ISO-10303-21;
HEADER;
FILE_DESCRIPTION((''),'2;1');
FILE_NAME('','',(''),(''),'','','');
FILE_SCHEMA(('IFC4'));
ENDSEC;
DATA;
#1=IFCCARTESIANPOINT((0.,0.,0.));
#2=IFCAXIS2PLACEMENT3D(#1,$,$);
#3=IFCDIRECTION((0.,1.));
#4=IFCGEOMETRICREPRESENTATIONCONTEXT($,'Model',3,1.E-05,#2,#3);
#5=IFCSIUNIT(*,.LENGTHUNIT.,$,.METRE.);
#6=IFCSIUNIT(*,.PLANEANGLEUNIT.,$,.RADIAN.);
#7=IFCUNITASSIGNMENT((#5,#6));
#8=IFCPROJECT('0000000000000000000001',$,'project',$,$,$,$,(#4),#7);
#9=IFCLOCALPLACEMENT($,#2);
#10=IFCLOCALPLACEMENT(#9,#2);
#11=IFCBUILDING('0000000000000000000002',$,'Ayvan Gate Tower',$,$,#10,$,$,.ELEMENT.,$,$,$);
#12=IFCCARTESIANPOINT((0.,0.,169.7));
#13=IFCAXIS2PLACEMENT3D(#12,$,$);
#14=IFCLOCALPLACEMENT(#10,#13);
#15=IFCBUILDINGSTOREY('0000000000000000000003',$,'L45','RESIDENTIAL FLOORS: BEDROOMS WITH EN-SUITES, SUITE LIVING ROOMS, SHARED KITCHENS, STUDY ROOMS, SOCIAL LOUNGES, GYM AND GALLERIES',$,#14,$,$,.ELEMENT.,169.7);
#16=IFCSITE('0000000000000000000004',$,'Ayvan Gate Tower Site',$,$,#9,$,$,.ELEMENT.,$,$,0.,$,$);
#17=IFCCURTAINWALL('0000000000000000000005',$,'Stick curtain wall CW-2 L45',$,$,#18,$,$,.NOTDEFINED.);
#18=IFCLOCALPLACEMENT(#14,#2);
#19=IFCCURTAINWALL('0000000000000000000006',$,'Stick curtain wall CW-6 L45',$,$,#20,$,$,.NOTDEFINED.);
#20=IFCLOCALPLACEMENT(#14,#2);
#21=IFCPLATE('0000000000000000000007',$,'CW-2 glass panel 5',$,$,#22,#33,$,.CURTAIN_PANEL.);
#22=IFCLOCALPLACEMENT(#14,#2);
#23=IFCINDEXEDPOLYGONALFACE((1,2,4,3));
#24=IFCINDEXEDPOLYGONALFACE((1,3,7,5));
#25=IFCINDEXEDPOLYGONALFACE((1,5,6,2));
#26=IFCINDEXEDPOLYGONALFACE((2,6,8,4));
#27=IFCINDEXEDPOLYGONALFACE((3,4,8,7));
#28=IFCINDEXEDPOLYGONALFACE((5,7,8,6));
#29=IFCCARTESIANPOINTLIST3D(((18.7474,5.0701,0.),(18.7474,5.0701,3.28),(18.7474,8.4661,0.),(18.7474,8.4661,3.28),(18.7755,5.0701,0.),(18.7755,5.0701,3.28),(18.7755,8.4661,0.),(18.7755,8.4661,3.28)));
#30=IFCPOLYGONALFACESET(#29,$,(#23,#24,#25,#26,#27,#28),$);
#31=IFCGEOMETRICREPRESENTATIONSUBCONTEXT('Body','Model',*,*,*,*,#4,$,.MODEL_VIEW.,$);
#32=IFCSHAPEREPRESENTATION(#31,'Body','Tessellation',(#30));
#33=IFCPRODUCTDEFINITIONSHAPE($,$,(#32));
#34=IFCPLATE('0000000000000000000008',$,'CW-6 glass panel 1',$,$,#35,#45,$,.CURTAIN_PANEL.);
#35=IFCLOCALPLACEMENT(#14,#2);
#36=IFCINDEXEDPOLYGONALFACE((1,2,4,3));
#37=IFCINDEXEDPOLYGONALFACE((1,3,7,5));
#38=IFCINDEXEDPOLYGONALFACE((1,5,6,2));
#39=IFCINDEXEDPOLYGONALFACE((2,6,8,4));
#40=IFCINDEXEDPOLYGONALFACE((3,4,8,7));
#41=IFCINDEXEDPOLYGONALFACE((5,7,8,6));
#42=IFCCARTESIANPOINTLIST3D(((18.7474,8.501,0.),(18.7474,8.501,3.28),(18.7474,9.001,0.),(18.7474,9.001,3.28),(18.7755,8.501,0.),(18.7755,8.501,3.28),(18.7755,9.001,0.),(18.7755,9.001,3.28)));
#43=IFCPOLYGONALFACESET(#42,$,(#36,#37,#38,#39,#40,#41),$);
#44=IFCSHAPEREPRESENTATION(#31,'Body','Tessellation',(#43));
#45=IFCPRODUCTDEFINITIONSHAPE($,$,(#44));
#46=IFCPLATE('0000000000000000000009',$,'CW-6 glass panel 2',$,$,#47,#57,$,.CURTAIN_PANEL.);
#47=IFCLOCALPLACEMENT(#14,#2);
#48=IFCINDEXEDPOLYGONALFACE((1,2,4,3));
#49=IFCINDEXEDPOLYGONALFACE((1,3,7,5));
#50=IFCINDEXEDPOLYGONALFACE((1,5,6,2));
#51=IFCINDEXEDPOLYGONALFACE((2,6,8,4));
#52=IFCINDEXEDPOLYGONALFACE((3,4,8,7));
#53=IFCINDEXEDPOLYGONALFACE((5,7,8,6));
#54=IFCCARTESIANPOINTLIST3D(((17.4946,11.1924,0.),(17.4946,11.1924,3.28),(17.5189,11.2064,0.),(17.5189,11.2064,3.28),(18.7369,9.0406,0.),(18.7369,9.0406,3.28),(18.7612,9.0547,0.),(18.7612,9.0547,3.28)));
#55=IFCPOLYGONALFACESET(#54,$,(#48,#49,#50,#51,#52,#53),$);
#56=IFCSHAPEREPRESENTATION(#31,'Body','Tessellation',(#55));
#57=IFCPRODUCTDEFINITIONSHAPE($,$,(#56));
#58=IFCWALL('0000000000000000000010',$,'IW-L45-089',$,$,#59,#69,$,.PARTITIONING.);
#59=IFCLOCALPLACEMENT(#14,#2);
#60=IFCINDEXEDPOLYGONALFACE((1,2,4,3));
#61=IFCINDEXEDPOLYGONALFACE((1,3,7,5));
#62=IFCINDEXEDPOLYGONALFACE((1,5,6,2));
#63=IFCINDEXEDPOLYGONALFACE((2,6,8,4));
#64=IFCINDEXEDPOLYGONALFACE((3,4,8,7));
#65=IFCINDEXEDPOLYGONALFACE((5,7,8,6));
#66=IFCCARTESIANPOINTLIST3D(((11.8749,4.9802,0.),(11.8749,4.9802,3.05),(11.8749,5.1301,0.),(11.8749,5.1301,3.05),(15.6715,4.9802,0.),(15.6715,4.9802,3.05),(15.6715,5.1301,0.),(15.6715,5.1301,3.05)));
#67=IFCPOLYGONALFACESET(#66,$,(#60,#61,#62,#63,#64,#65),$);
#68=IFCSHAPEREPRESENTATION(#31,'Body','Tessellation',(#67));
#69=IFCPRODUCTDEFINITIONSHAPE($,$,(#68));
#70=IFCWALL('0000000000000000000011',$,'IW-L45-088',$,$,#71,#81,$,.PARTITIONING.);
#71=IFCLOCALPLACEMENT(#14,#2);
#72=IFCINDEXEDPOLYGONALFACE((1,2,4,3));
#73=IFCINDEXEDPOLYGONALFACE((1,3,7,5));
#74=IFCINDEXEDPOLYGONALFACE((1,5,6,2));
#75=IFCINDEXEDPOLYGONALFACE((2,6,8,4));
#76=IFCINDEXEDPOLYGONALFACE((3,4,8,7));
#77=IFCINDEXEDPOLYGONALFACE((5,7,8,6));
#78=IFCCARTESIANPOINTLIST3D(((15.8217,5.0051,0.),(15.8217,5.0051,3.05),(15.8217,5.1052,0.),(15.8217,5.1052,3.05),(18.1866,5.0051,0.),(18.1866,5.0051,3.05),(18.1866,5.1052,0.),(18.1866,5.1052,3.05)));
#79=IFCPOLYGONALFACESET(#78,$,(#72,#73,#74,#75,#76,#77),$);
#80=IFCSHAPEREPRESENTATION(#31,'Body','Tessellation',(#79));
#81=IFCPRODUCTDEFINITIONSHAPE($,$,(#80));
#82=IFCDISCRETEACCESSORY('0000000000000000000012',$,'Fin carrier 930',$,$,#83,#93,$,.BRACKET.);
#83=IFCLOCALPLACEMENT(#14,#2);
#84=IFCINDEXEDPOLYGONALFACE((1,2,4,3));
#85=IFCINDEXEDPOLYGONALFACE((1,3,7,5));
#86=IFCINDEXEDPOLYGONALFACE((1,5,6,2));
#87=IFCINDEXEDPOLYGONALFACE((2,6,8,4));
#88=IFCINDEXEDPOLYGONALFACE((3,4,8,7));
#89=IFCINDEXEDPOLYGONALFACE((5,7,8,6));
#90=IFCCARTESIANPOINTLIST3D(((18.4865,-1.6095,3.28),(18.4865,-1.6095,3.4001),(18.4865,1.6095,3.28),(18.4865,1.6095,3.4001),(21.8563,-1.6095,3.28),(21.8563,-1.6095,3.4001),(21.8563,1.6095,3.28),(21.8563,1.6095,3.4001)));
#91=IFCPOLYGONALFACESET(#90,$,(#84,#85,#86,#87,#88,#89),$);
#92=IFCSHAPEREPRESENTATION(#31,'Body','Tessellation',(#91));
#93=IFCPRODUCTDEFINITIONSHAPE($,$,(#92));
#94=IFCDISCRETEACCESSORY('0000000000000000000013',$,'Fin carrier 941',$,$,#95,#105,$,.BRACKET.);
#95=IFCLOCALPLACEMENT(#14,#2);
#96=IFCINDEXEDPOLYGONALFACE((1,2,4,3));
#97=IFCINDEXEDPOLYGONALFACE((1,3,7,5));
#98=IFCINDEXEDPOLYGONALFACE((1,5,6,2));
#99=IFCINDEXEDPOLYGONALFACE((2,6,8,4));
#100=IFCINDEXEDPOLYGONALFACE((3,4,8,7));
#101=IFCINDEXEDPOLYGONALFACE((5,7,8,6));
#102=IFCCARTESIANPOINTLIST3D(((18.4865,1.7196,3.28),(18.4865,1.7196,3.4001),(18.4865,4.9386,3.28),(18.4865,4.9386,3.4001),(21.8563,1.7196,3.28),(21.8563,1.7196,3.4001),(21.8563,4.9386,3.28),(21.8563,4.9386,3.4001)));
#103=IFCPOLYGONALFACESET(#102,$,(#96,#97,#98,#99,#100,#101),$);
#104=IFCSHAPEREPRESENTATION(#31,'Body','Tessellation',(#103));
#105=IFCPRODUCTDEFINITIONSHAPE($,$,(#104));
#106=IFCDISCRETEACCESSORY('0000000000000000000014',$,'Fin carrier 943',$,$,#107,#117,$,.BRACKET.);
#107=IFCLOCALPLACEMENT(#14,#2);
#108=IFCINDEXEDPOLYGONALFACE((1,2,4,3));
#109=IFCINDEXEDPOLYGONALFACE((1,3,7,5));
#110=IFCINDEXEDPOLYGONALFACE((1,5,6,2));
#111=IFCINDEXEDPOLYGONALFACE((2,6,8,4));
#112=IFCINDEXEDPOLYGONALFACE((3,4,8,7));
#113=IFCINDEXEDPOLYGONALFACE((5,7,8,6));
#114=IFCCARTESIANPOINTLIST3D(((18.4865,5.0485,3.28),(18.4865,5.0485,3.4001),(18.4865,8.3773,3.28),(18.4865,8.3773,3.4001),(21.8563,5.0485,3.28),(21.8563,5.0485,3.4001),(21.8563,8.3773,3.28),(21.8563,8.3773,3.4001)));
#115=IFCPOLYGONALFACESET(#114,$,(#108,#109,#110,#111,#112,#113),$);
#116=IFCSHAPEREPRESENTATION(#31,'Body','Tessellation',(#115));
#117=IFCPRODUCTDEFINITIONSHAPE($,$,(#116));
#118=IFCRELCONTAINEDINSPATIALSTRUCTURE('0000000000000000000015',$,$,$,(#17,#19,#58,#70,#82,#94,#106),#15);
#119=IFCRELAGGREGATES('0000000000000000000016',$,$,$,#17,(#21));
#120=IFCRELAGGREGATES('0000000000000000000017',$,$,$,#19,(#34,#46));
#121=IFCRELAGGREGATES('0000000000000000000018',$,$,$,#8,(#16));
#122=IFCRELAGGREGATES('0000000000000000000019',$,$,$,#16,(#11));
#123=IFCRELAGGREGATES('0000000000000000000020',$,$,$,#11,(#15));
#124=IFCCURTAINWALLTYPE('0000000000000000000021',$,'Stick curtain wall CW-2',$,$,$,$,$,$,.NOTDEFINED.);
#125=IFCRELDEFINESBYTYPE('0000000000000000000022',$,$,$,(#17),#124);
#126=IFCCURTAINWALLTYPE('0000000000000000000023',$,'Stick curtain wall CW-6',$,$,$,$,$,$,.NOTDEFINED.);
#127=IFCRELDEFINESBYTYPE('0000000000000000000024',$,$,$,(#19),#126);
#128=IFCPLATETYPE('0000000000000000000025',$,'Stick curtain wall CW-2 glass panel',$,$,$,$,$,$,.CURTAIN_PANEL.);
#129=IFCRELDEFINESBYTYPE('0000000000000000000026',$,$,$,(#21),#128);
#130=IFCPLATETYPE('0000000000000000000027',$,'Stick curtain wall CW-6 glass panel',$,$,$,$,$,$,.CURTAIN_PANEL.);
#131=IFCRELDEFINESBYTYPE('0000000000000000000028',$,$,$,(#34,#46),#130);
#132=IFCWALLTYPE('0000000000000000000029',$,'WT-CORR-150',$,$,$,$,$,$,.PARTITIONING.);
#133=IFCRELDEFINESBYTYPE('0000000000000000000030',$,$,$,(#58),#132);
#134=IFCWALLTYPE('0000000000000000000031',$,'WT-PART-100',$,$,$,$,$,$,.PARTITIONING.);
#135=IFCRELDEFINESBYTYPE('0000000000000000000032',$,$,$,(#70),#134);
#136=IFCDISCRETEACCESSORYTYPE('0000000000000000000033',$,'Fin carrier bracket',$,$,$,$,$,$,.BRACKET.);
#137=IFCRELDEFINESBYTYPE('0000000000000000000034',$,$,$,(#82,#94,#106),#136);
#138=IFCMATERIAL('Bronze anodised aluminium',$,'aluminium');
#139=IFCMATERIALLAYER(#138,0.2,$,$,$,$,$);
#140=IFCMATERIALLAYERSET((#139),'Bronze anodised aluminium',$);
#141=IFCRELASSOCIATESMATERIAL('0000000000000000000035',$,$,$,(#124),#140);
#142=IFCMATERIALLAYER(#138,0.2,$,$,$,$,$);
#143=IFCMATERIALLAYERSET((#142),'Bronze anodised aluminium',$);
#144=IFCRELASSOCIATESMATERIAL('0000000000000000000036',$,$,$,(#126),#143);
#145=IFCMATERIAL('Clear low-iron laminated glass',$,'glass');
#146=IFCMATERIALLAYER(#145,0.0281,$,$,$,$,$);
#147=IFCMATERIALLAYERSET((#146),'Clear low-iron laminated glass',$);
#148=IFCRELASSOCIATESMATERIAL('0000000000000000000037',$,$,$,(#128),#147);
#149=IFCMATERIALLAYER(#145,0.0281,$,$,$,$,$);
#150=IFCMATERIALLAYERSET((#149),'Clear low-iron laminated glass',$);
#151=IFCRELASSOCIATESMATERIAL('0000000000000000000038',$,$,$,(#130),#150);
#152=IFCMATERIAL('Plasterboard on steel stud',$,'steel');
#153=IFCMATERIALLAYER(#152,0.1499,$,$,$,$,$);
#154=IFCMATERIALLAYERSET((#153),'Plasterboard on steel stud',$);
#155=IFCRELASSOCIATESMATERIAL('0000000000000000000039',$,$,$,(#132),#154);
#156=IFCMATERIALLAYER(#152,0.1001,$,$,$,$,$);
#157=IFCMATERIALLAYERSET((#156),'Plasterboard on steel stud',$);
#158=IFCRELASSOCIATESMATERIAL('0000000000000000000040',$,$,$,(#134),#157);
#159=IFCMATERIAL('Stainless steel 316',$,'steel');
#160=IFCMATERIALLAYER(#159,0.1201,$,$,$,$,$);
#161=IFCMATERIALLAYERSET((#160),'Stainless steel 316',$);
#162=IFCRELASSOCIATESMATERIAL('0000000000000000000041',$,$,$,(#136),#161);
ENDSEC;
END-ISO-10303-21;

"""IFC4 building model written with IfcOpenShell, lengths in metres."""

from ifc_helpers import new_model, si_unit, direction, frame, frame_2d, origin, origin_2d, place, context, subcontext, project, spatial, rectangle, extrude, material, layer, layer_set, type_object, element, aggregate, save


model = new_model("IFC4")

# Units and contexts
model_context = context("Model", 3, precision=1e-05, world=origin(), true_north=direction((0.0, 1.0)))
body_context = subcontext(model_context, "Body", "Model", "MODEL_VIEW")
ifc_project = project(units=[si_unit("LENGTHUNIT", "METRE"), si_unit("PLANEANGLEUNIT", "RADIAN")], contexts=[model_context])

# Site, building, storey
site_placement = place(None, origin())
site = spatial("IfcSite", under=ifc_project, at=site_placement, Name="Ayvan Gate Tower Site", CompositionType="ELEMENT", RefElevation=0.0)
building_placement = place(site_placement, origin())
building = spatial("IfcBuilding", under=site, at=building_placement, Name="Ayvan Gate Tower", CompositionType="ELEMENT")
storey_placement = place(building_placement, frame((0.0, 0.0, 169.7)))
storey = spatial("IfcBuildingStorey", under=building, at=storey_placement, Name="L45", Description="RESIDENTIAL FLOORS: BEDROOMS WITH EN-SUITES, SUITE LIVING ROOMS, SHARED KITCHENS, STUDY ROOMS, SOCIAL LOUNGES, GYM AND GALLERIES", CompositionType="ELEMENT", Elevation=169.7)

# Curtain walls
ifc_material_1 = material(Name="Bronze anodised aluminium", Category="aluminium")
ifc_layer_1 = layer(ifc_material_1, 0.2)
ifc_layer_set_1 = layer_set([ifc_layer_1], Name="Bronze anodised aluminium")
curtain_wall_type_1 = type_object("IfcCurtainWallType", Name="Stick curtain wall CW-2", PredefinedType="NOTDEFINED", material=ifc_layer_set_1)
curtain_wall_1_placement = place(storey_placement, origin())
curtain_wall_1 = element("IfcCurtainWall", 1, at=curtain_wall_1_placement, inside=storey, type_object=curtain_wall_type_1, Name="Stick curtain wall CW-2 L45", PredefinedType="NOTDEFINED")
ifc_layer_2 = layer(ifc_material_1, 0.2)
ifc_layer_set_2 = layer_set([ifc_layer_2], Name="Bronze anodised aluminium")
curtain_wall_type_2 = type_object("IfcCurtainWallType", Name="Stick curtain wall CW-6", PredefinedType="NOTDEFINED", material=ifc_layer_set_2)
curtain_wall_2_placement = place(storey_placement, origin())
curtain_wall_2 = element("IfcCurtainWall", 2, at=curtain_wall_2_placement, inside=storey, type_object=curtain_wall_type_2, Name="Stick curtain wall CW-6 L45", PredefinedType="NOTDEFINED")

# Plates
ifc_material_2 = material(Name="Clear low-iron laminated glass", Category="glass")
ifc_layer_3 = layer(ifc_material_2, 0.0281)
ifc_layer_set_3 = layer_set([ifc_layer_3], Name="Clear low-iron laminated glass")
plate_type_1 = type_object("IfcPlateType", Name="Stick curtain wall CW-2 glass panel", PredefinedType="CURTAIN_PANEL", material=ifc_layer_set_3)
plate_1_placement = place(storey_placement, frame((18.7615, 6.7681, 0.0), z_axis=(0.0, 0.0, 1.0), x_axis=(0.0, 1.0, 0.0)))
plate_1 = element("IfcPlate", 3, at=plate_1_placement, type_object=plate_type_1, Name="CW-2 glass panel 5", PredefinedType="CURTAIN_PANEL", context=body_context, shape_type="SweptSolid", body=[
    extrude(rectangle(XDim=3.396, YDim=0.0281, at=origin_2d()), origin(), (0.0, 0.0, 1.0), 3.28),
])
aggregate(curtain_wall_1, [plate_1])
ifc_layer_4 = layer(ifc_material_2, 0.0281)
ifc_layer_set_4 = layer_set([ifc_layer_4], Name="Clear low-iron laminated glass")
plate_type_2 = type_object("IfcPlateType", Name="Stick curtain wall CW-6 glass panel", PredefinedType="CURTAIN_PANEL", material=ifc_layer_set_4)
plate_2_placement = place(storey_placement, frame((18.7615, 8.751, 0.0), z_axis=(0.0, 0.0, 1.0), x_axis=(0.0, 1.0, 0.0)))
plate_2 = element("IfcPlate", 4, at=plate_2_placement, type_object=plate_type_2, Name="CW-6 glass panel 1", PredefinedType="CURTAIN_PANEL", context=body_context, shape_type="SweptSolid", body=[
    extrude(rectangle(XDim=0.5, YDim=0.0281, at=origin_2d()), origin(), (0.0, 0.0, 1.0), 3.28),
])
plate_3_placement = place(storey_placement, frame((18.1279, 10.1235, 0.0), z_axis=(0.0, 0.0, 1.0), x_axis=(-0.5, 0.866025, 0.0)))
plate_3 = element("IfcPlate", 5, at=plate_3_placement, type_object=plate_type_2, Name="CW-6 glass panel 2", PredefinedType="CURTAIN_PANEL", context=body_context, shape_type="SweptSolid", body=[
    extrude(rectangle(XDim=2.4846, YDim=0.0281, at=origin_2d()), origin(), (0.0, 0.0, 1.0), 3.28),
])
aggregate(curtain_wall_2, [plate_2, plate_3])

# Walls
ifc_material_3 = material(Name="Plasterboard on steel stud", Category="steel")
ifc_layer_5 = layer(ifc_material_3, 0.1499)
ifc_layer_set_5 = layer_set([ifc_layer_5], Name="Plasterboard on steel stud")
wall_type_1 = type_object("IfcWallType", Name="WT-CORR-150", PredefinedType="PARTITIONING", material=ifc_layer_set_5)
wall_1_placement = place(storey_placement, frame((15.6716, 5.0552, 0.0), z_axis=(0.0, 0.0, 1.0), x_axis=(-1.0, 0.0, 0.0)))
element("IfcWall", 6, at=wall_1_placement, inside=storey, type_object=wall_type_1, Name="IW-L45-089", PredefinedType="PARTITIONING", context=body_context, shape_type="SweptSolid", body=[
    extrude(rectangle(XDim=3.7966, YDim=0.1499, at=frame_2d((1.8984, 0.0))), origin(), (0.0, 0.0, 1.0), 3.05),
])
ifc_layer_6 = layer(ifc_material_3, 0.1001)
ifc_layer_set_6 = layer_set([ifc_layer_6], Name="Plasterboard on steel stud")
wall_type_2 = type_object("IfcWallType", Name="WT-PART-100", PredefinedType="PARTITIONING", material=ifc_layer_set_6)
wall_2_placement = place(storey_placement, frame((15.8215, 5.0552, 0.0), z_axis=(0.0, 0.0, 1.0), x_axis=(1.0, 0.0, 0.0)))
element("IfcWall", 7, at=wall_2_placement, inside=storey, type_object=wall_type_2, Name="IW-L45-088", PredefinedType="PARTITIONING", context=body_context, shape_type="SweptSolid", body=[
    extrude(rectangle(XDim=2.365, YDim=0.1001, at=frame_2d((1.1826, 0.0))), origin(), (0.0, 0.0, 1.0), 3.05),
])

# Discrete accessories
ifc_material_4 = material(Name="Stainless steel 316", Category="steel")
ifc_layer_7 = layer(ifc_material_4, 0.1201)
ifc_layer_set_7 = layer_set([ifc_layer_7], Name="Stainless steel 316")
discrete_accessory_type = type_object("IfcDiscreteAccessoryType", Name="Fin carrier bracket", PredefinedType="BRACKET", material=ifc_layer_set_7)
for number, where, z_axis, x_axis, name in (
    (8, (20.1714, 0.0, 3.28), (0.0, 0.0, 1.0), (0.0, 1.0, 0.0), "Fin carrier 930"),
    (9, (20.1714, 3.3291, 3.28), (0.0, 0.0, 1.0), (0.0, 1.0, 0.0), "Fin carrier 941"),
):
    element("IfcDiscreteAccessory", number, at=place(storey_placement, frame(where, z_axis=z_axis, x_axis=x_axis)), inside=storey, type_object=discrete_accessory_type, Name=name, PredefinedType="BRACKET", context=body_context, shape_type="SweptSolid", body=[
        extrude(rectangle(XDim=3.219, YDim=3.3699, at=origin_2d()), origin(), (0.0, 0.0, 1.0), 0.1201),
    ])
discrete_accessory_placement = place(storey_placement, frame((20.1714, 6.7129, 3.28), z_axis=(0.0, 0.0, 1.0), x_axis=(0.0, 1.0, 0.0)))
element("IfcDiscreteAccessory", 10, at=discrete_accessory_placement, inside=storey, type_object=discrete_accessory_type, Name="Fin carrier 943", PredefinedType="BRACKET", context=body_context, shape_type="SweptSolid", body=[
    extrude(rectangle(XDim=3.3289, YDim=3.3699, at=origin_2d()), origin(), (0.0, 0.0, 1.0), 0.1201),
])

save(model, "model.ifc")
